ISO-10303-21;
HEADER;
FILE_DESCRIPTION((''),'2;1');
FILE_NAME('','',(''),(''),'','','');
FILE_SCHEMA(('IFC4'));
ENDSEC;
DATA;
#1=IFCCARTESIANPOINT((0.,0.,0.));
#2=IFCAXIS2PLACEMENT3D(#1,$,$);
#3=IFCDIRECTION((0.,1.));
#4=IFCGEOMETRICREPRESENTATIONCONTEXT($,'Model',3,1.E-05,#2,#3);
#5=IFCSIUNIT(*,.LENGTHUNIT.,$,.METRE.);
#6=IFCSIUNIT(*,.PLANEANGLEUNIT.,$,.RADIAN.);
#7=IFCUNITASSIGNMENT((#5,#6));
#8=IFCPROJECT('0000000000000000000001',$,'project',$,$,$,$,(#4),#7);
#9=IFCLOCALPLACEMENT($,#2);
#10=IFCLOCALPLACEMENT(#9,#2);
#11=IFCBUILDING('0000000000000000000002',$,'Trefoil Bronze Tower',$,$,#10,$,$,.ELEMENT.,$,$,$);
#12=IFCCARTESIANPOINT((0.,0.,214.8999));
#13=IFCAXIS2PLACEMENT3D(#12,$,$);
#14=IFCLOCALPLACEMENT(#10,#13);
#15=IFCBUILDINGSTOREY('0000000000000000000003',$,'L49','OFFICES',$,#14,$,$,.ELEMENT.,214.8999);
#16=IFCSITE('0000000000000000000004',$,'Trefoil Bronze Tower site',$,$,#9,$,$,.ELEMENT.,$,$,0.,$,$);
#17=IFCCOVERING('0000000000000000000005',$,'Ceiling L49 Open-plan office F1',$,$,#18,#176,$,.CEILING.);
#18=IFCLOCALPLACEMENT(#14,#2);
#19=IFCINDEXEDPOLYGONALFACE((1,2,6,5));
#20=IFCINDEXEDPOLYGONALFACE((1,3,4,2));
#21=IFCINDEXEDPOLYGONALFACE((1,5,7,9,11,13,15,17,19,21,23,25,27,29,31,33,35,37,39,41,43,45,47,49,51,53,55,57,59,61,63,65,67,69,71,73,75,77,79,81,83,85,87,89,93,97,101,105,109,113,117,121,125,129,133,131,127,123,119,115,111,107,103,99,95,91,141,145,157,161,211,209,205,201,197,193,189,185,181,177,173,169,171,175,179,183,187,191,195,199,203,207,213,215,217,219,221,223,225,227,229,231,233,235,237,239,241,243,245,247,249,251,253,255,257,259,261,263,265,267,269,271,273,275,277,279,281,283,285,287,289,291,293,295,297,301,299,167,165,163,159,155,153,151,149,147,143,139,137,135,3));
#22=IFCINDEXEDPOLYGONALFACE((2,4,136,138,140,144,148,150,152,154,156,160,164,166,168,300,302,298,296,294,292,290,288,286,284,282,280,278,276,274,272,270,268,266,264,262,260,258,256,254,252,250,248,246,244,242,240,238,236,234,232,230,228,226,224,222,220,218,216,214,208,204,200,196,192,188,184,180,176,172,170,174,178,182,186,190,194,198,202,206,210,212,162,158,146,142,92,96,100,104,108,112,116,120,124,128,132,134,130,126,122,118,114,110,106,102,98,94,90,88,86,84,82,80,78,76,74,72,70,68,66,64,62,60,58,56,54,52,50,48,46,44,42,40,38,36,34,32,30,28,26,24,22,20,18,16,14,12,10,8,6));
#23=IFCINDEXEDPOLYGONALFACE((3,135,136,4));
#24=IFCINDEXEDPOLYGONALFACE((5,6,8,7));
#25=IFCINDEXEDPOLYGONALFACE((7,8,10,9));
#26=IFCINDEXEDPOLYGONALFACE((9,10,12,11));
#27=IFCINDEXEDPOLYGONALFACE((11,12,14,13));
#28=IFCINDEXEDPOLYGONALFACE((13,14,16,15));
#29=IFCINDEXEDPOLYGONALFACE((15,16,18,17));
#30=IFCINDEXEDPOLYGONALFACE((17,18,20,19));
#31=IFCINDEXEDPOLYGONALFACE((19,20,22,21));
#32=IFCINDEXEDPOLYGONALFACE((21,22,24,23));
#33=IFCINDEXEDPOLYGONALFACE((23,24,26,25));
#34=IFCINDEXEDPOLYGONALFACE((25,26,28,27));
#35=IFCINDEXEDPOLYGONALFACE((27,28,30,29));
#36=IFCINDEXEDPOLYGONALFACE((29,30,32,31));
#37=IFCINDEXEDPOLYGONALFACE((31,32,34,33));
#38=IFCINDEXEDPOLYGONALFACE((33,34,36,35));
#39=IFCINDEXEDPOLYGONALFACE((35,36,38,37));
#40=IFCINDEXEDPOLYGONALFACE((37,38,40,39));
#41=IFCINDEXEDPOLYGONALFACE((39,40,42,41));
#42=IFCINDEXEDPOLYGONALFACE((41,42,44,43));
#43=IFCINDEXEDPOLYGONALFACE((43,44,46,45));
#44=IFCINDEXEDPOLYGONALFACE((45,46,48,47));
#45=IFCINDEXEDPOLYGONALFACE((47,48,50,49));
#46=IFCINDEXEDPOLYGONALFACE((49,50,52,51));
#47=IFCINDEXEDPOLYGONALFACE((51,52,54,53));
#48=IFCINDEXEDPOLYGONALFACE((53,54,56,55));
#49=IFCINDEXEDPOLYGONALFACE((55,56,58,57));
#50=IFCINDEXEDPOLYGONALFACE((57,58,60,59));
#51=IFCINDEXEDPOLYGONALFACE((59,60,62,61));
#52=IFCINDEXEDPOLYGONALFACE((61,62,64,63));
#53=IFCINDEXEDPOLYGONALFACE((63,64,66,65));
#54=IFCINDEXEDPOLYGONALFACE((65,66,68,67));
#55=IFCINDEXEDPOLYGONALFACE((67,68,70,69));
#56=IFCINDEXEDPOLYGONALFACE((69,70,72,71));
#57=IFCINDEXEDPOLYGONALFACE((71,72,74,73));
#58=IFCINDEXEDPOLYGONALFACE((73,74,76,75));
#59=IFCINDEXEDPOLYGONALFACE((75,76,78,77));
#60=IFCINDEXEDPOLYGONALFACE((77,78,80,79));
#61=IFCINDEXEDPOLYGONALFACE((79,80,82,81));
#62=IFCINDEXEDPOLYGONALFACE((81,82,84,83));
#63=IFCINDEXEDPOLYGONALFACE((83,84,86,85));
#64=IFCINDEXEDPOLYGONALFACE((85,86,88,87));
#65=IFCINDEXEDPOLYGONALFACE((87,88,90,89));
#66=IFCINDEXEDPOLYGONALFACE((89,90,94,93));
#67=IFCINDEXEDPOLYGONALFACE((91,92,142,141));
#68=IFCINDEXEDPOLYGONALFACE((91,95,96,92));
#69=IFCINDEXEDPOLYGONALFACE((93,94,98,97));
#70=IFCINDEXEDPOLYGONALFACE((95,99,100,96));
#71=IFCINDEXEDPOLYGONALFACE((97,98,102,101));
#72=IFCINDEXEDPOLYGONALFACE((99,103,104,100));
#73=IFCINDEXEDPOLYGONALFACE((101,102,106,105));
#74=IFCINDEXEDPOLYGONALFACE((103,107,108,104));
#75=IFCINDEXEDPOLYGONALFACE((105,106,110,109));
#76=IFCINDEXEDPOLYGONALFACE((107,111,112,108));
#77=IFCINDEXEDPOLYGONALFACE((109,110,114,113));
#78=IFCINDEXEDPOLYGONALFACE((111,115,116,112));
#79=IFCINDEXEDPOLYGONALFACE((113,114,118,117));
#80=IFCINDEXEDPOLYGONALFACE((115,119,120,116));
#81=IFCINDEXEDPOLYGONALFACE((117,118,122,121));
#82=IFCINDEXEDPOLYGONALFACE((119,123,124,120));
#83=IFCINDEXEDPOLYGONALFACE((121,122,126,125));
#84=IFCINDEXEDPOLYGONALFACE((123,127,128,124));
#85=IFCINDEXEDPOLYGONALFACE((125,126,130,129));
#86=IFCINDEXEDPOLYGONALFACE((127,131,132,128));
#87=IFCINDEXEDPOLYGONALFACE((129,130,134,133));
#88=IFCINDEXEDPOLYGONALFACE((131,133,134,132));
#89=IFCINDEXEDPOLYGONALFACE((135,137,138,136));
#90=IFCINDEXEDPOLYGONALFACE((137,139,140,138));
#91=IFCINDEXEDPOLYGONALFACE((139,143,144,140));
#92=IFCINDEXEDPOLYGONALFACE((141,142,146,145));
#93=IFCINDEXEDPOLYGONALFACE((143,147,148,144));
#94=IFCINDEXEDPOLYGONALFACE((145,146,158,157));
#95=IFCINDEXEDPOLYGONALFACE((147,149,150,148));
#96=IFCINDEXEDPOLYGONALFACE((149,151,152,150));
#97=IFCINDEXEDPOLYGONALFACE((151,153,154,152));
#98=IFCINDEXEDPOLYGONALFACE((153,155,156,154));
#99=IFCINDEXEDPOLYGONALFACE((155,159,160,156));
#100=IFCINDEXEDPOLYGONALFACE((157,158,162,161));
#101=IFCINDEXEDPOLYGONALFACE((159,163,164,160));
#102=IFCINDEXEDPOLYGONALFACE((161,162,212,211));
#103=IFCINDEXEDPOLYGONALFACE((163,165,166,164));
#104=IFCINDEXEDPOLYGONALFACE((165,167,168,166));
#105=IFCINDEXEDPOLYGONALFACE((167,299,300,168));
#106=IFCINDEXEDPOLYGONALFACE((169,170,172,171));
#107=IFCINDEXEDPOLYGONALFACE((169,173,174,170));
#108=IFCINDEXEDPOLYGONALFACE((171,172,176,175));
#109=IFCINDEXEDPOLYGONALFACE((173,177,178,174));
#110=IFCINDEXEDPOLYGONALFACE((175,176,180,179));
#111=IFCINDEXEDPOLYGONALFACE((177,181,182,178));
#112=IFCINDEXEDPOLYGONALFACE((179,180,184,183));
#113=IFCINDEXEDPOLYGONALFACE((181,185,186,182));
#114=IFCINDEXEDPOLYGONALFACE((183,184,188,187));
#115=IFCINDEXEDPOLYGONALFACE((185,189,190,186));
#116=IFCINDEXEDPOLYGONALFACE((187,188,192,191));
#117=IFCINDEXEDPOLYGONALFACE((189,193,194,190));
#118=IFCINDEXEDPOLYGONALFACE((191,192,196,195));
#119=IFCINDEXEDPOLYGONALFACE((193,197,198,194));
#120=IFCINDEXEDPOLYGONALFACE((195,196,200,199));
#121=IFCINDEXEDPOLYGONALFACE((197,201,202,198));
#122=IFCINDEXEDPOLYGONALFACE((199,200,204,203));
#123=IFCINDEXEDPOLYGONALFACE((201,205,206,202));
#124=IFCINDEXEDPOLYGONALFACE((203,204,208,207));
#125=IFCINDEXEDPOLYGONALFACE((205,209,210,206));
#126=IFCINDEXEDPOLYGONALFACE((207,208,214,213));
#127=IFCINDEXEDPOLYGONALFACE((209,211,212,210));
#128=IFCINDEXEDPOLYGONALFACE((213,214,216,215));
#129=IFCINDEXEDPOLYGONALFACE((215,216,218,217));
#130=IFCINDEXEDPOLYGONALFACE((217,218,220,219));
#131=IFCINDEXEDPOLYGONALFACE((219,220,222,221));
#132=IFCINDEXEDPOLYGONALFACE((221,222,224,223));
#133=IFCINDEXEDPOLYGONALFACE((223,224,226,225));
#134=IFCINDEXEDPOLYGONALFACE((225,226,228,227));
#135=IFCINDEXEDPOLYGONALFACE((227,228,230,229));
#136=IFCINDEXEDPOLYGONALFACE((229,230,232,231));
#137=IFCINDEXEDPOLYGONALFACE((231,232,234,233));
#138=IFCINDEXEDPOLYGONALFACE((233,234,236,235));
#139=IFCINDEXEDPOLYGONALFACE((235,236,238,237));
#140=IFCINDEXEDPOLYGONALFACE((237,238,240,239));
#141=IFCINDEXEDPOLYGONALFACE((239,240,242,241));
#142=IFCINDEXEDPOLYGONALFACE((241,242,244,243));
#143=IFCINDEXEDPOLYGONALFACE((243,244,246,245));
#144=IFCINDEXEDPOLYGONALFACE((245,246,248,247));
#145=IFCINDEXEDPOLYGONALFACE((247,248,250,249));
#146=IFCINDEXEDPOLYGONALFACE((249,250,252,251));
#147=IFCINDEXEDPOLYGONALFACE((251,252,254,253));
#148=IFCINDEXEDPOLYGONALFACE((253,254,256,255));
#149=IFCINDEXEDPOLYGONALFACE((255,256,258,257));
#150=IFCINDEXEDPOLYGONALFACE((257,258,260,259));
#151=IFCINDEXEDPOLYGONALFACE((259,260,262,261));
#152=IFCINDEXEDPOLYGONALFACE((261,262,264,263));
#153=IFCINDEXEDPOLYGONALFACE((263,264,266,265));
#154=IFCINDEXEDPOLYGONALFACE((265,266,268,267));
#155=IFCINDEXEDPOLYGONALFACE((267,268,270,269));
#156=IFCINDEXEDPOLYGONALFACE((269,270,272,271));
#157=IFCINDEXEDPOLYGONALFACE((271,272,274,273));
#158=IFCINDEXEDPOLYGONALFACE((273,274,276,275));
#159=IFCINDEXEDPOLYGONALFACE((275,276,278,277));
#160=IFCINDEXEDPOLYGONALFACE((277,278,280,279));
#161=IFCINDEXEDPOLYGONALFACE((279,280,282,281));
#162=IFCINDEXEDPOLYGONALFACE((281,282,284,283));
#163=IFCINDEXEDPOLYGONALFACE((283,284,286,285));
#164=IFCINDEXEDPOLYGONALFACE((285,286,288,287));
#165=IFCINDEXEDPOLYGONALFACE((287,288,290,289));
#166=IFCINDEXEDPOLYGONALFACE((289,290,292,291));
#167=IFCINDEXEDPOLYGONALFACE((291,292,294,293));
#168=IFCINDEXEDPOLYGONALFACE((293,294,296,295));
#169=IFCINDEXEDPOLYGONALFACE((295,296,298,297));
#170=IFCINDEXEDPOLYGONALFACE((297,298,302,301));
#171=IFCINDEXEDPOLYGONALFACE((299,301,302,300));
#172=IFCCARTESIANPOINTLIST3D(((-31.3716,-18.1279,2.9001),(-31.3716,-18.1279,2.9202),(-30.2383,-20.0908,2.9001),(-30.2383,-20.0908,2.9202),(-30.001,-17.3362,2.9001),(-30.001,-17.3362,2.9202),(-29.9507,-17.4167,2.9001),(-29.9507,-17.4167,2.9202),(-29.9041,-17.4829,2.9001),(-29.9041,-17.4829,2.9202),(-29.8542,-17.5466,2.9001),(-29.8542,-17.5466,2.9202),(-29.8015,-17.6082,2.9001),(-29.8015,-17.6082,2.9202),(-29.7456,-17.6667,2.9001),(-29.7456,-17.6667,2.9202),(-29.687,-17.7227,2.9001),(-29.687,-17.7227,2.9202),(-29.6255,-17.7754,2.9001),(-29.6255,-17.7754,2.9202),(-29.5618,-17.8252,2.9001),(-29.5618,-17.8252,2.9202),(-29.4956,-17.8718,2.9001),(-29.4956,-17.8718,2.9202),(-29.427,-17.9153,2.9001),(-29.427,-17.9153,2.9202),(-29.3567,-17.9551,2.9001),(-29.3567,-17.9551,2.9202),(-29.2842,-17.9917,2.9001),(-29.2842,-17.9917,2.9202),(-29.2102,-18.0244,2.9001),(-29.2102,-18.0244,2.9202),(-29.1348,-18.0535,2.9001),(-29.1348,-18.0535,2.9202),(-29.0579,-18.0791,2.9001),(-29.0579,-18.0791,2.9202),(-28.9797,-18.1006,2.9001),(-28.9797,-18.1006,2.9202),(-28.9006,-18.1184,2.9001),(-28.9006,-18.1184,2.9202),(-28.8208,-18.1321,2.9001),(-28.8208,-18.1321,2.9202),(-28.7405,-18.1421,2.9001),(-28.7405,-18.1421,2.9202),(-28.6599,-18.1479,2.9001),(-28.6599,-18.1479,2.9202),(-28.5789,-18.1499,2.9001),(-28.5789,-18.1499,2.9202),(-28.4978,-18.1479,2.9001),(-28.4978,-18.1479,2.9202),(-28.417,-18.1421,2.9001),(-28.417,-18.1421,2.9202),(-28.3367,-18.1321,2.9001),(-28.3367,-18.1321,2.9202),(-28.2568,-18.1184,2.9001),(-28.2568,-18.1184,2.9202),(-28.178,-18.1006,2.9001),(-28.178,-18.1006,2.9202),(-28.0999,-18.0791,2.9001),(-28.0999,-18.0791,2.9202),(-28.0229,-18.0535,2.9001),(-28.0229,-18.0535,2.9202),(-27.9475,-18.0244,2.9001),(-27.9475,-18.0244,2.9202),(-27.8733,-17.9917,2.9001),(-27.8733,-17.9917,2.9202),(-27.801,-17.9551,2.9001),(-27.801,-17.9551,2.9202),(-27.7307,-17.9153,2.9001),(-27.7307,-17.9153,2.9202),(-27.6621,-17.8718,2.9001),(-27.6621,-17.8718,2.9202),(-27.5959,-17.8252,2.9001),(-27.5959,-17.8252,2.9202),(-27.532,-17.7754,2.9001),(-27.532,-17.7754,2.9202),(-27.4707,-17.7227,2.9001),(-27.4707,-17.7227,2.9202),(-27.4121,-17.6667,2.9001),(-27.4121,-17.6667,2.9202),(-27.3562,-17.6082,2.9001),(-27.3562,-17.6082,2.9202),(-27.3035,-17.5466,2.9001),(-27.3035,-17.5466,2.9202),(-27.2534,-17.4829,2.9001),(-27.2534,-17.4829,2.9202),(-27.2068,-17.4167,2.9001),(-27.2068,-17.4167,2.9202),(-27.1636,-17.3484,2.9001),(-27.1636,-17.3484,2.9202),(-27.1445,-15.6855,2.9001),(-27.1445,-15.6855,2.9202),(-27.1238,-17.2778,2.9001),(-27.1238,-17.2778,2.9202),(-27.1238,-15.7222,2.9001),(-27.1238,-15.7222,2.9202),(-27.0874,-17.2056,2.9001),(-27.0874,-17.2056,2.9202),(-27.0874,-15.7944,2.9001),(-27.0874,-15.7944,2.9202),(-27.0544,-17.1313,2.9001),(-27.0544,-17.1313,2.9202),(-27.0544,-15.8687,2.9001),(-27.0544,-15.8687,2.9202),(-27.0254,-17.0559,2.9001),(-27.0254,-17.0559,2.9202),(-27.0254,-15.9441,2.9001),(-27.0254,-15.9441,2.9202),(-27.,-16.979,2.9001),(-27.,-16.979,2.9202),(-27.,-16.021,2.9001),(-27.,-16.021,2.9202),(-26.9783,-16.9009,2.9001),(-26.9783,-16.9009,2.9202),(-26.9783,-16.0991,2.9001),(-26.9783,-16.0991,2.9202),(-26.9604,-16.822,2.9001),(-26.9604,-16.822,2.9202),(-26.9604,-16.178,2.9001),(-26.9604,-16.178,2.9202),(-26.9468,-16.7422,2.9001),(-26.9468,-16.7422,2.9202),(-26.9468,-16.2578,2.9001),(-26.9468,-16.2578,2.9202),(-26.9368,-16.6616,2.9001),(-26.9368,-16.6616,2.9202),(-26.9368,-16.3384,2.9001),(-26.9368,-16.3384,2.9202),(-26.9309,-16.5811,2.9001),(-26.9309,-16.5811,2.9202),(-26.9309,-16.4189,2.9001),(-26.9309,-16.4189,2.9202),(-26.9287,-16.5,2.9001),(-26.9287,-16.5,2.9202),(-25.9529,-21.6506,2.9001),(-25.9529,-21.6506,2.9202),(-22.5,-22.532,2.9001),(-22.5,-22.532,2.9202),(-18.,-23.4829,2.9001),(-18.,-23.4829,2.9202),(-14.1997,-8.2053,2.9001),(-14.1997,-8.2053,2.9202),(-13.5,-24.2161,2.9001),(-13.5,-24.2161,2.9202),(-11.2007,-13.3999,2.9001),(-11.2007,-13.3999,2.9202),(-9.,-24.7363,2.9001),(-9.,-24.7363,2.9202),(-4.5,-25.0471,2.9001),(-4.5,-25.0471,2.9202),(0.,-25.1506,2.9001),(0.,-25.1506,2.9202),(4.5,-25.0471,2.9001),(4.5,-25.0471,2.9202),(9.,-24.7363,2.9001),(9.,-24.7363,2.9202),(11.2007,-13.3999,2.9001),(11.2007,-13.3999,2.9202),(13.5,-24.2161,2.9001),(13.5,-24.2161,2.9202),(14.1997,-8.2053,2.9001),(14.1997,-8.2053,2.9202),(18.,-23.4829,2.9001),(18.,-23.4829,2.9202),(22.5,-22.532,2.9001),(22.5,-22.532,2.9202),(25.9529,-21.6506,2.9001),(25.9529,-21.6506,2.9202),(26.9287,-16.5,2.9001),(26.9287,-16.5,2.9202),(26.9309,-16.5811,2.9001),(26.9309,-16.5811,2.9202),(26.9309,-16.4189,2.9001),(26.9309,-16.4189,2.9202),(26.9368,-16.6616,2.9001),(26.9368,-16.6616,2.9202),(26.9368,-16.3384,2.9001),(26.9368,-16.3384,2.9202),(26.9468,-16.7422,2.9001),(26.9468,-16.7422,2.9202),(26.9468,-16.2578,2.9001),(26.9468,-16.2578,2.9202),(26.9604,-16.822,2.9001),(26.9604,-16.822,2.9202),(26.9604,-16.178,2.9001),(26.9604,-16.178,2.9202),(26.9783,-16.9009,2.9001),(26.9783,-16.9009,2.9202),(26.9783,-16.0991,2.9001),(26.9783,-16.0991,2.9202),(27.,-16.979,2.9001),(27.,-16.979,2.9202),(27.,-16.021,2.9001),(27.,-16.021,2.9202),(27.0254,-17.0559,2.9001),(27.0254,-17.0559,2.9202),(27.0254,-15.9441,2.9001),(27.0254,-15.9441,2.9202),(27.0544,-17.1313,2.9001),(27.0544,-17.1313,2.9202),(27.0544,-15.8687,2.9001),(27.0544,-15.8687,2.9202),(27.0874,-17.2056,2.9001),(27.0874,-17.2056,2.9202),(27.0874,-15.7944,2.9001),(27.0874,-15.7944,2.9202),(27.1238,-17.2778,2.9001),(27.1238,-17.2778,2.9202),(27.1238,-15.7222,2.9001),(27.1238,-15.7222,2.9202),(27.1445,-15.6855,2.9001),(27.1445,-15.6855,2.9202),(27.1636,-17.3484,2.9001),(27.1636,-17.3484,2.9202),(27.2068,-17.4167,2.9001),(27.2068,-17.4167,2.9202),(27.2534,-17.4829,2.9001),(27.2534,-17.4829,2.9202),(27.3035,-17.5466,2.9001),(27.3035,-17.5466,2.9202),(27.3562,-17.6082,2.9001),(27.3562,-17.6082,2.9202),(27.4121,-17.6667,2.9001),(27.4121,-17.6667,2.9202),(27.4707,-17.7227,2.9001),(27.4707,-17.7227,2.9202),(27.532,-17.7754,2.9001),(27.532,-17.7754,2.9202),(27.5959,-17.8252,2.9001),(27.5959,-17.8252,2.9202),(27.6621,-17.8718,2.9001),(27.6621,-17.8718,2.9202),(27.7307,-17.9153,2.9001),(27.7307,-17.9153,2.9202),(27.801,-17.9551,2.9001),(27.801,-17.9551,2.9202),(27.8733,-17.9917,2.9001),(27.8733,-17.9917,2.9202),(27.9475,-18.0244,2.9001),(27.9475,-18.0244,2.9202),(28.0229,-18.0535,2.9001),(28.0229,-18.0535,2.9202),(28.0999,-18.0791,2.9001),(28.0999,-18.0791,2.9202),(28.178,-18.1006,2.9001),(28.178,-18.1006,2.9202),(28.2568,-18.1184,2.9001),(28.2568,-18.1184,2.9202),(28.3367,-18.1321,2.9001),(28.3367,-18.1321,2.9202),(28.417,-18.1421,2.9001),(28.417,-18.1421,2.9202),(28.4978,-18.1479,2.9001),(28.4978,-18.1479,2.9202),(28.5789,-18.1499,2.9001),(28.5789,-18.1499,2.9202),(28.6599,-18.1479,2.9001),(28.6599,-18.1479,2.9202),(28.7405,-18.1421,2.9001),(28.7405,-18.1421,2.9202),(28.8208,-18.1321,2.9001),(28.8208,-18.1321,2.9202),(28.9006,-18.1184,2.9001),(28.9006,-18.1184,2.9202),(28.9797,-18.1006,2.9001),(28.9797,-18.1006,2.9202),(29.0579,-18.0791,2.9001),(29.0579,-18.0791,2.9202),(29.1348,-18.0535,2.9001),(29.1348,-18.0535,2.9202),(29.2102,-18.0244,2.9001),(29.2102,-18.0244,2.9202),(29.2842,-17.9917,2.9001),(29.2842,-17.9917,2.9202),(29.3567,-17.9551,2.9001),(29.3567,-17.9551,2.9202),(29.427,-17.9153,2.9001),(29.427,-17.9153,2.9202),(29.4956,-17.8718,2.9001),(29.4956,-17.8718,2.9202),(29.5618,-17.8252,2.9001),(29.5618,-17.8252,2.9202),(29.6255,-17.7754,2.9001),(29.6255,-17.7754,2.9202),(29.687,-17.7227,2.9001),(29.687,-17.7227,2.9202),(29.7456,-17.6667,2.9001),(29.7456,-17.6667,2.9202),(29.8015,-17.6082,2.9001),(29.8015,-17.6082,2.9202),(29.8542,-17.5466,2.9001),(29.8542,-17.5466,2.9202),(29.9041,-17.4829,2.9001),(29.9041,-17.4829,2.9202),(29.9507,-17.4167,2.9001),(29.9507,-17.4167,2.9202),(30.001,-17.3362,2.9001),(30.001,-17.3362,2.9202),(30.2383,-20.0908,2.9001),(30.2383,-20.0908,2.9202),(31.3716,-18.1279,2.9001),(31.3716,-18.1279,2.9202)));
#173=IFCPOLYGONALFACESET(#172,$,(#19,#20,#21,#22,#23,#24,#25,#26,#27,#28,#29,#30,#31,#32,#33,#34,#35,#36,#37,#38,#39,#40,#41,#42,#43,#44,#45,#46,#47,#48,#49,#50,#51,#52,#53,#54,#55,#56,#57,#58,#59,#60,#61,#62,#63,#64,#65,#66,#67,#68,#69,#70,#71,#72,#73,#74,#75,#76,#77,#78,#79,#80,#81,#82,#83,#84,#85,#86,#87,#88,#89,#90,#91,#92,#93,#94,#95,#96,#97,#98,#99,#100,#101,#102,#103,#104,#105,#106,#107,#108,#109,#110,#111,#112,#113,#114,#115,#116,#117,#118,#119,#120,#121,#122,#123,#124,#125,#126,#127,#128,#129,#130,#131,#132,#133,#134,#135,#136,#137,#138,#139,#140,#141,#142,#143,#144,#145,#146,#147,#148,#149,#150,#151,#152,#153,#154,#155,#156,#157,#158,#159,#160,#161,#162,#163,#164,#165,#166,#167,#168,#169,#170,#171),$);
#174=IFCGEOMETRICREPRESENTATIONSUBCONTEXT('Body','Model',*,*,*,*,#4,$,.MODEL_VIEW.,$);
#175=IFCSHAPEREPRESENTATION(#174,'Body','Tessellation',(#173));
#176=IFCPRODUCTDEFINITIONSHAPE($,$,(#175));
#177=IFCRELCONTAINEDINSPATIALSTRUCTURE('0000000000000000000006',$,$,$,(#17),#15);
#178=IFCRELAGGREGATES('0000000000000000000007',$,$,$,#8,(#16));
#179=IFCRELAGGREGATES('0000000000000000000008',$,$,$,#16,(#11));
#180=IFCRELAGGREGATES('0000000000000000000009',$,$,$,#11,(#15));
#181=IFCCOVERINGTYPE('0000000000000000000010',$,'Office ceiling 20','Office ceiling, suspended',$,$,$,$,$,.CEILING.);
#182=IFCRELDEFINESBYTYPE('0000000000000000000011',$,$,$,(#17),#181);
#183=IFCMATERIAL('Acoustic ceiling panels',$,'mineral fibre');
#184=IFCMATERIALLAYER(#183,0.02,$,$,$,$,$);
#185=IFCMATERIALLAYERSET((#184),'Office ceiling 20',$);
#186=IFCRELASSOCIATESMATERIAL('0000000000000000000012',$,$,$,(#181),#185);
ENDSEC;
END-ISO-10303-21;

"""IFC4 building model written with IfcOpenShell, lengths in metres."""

from ifc_helpers import new_model, si_unit, direction, frame, origin, place, context, subcontext, project, spatial, polyline, outline, extrude, material, layer, layer_set, type_object, element, save


model = new_model("IFC4")

# Units and contexts
model_context = context("Model", 3, precision=1e-05, world=origin(), true_north=direction((0.0, 1.0)))
body_context = subcontext(model_context, "Body", "Model", "MODEL_VIEW")
ifc_project = project(units=[si_unit("LENGTHUNIT", "METRE"), si_unit("PLANEANGLEUNIT", "RADIAN")], contexts=[model_context])

# Site, building, storey
site_placement = place(None, origin())
site = spatial("IfcSite", under=ifc_project, at=site_placement, Name="Trefoil Bronze Tower site", CompositionType="ELEMENT", RefElevation=0.0)
building_placement = place(site_placement, origin())
building = spatial("IfcBuilding", under=site, at=building_placement, Name="Trefoil Bronze Tower", CompositionType="ELEMENT")
storey_placement = place(building_placement, frame((0.0, 0.0, 214.8999)))
storey = spatial("IfcBuildingStorey", under=building, at=storey_placement, Name="L49", Description="OFFICES", CompositionType="ELEMENT", Elevation=214.8999)

# Covering
ifc_material_1 = material(Name="Acoustic ceiling panels", Category="mineral fibre")
ifc_layer_1 = layer(ifc_material_1, 0.02)
ifc_layer_set_1 = layer_set([ifc_layer_1], Name="Office ceiling 20")
covering_type_1 = type_object("IfcCoveringType", Name="Office ceiling 20", Description="Office ceiling, suspended", PredefinedType="CEILING", material=ifc_layer_set_1)
covering_1_placement = place(storey_placement, frame((0.0, 0.0, 2.9001)))
element("IfcCovering", 1, at=covering_1_placement, inside=storey, type_object=covering_type_1, Name="Ceiling L49 Open-plan office F1", PredefinedType="CEILING", context=body_context, shape_type="SweptSolid", body=[
    extrude(outline(polyline([(-29.9507, -17.4167), (-29.9041, -17.4829), (-29.8542, -17.5466), (-29.8015, -17.6082), (-29.7456, -17.6667), (-29.687, -17.7227), (-29.6255, -17.7754), (-29.5618, -17.8252), (-29.4956, -17.8718), (-29.427, -17.9153), (-29.3567, -17.9551), (-29.2842, -17.9917), (-29.2102, -18.0244), (-29.1348, -18.0535), (-29.0579, -18.0791), (-28.9797, -18.1006), (-28.9006, -18.1184), (-28.8208, -18.1321), (-28.7405, -18.1421), (-28.6599, -18.1479), (-28.5789, -18.1499), (-28.4978, -18.1479), (-28.417, -18.1421), (-28.3367, -18.1321), (-28.2568, -18.1184), (-28.178, -18.1006), (-28.0999, -18.0791), (-28.0229, -18.0535), (-27.9475, -18.0244), (-27.8733, -17.9917), (-27.801, -17.9551), (-27.7307, -17.9153), (-27.6621, -17.8718), (-27.5959, -17.8252), (-27.532, -17.7754), (-27.4707, -17.7227), (-27.4121, -17.6667), (-27.3562, -17.6082), (-27.3035, -17.5466), (-27.2534, -17.4829), (-27.2068, -17.4167), (-27.1636, -17.3484), (-27.1238, -17.2778), (-27.0874, -17.2056), (-27.0544, -17.1313), (-27.0254, -17.0559), (-27.0, -16.979), (-26.9783, -16.9009), (-26.9604, -16.822), (-26.9468, -16.7422), (-26.9368, -16.6616), (-26.9309, -16.5811), (-26.9287, -16.5), (-26.9309, -16.4189), (-26.9368, -16.3384), (-26.9468, -16.2578), (-26.9604, -16.178), (-26.9783, -16.0991), (-27.0, -16.021), (-27.0254, -15.9441), (-27.0544, -15.8687), (-27.0874, -15.7944), (-27.1238, -15.7222), (-27.1445, -15.6855), (-14.1997, -8.2053), (-11.2007, -13.3999), (11.2007, -13.3999), (14.1997, -8.2053), (27.1445, -15.6855), (27.1238, -15.7222), (27.0874, -15.7944), (27.0544, -15.8687), (27.0254, -15.9441), (27.0, -16.021), (26.9783, -16.0991), (26.9604, -16.178), (26.9468, -16.2578), (26.9368, -16.3384), (26.9309, -16.4189), (26.9287, -16.5), (26.9309, -16.5811), (26.9368, -16.6616), (26.9468, -16.7422), (26.9604, -16.822), (26.9783, -16.9009), (27.0, -16.979), (27.0254, -17.0559), (27.0544, -17.1313), (27.0874, -17.2056), (27.1238, -17.2778), (27.1636, -17.3484), (27.2068, -17.4167), (27.2534, -17.4829), (27.3035, -17.5466), (27.3562, -17.6082), (27.4121, -17.6667), (27.4707, -17.7227), (27.532, -17.7754), (27.5959, -17.8252), (27.6621, -17.8718), (27.7307, -17.9153), (27.801, -17.9551), (27.8733, -17.9917), (27.9475, -18.0244), (28.0229, -18.0535), (28.0999, -18.0791), (28.178, -18.1006), (28.2568, -18.1184), (28.3367, -18.1321), (28.417, -18.1421), (28.4978, -18.1479), (28.5789, -18.1499), (28.6599, -18.1479), (28.7405, -18.1421), (28.8208, -18.1321), (28.9006, -18.1184), (28.9797, -18.1006), (29.0579, -18.0791), (29.1348, -18.0535), (29.2102, -18.0244), (29.2842, -17.9917), (29.3567, -17.9551), (29.427, -17.9153), (29.4956, -17.8718), (29.5618, -17.8252), (29.6255, -17.7754), (29.687, -17.7227), (29.7456, -17.6667), (29.8015, -17.6082), (29.8542, -17.5466), (29.9041, -17.4829), (29.9507, -17.4167), (30.001, -17.3362), (31.3716, -18.1279), (30.2383, -20.0908), (25.9529, -21.6506), (22.5, -22.532), (18.0, -23.4829), (13.5, -24.2161), (9.0, -24.7363), (4.5, -25.0471), (0.0, -25.1506), (-4.5, -25.0471), (-9.0, -24.7363), (-13.5, -24.2161), (-18.0, -23.4829), (-22.5, -22.532), (-25.9529, -21.6506), (-30.2383, -20.0908), (-31.3716, -18.1279), (-30.001, -17.3362), (-29.9507, -17.4167)])), origin(), (0.0, 0.0, 1.0), 0.02),
])

save(model, "model.ifc")
